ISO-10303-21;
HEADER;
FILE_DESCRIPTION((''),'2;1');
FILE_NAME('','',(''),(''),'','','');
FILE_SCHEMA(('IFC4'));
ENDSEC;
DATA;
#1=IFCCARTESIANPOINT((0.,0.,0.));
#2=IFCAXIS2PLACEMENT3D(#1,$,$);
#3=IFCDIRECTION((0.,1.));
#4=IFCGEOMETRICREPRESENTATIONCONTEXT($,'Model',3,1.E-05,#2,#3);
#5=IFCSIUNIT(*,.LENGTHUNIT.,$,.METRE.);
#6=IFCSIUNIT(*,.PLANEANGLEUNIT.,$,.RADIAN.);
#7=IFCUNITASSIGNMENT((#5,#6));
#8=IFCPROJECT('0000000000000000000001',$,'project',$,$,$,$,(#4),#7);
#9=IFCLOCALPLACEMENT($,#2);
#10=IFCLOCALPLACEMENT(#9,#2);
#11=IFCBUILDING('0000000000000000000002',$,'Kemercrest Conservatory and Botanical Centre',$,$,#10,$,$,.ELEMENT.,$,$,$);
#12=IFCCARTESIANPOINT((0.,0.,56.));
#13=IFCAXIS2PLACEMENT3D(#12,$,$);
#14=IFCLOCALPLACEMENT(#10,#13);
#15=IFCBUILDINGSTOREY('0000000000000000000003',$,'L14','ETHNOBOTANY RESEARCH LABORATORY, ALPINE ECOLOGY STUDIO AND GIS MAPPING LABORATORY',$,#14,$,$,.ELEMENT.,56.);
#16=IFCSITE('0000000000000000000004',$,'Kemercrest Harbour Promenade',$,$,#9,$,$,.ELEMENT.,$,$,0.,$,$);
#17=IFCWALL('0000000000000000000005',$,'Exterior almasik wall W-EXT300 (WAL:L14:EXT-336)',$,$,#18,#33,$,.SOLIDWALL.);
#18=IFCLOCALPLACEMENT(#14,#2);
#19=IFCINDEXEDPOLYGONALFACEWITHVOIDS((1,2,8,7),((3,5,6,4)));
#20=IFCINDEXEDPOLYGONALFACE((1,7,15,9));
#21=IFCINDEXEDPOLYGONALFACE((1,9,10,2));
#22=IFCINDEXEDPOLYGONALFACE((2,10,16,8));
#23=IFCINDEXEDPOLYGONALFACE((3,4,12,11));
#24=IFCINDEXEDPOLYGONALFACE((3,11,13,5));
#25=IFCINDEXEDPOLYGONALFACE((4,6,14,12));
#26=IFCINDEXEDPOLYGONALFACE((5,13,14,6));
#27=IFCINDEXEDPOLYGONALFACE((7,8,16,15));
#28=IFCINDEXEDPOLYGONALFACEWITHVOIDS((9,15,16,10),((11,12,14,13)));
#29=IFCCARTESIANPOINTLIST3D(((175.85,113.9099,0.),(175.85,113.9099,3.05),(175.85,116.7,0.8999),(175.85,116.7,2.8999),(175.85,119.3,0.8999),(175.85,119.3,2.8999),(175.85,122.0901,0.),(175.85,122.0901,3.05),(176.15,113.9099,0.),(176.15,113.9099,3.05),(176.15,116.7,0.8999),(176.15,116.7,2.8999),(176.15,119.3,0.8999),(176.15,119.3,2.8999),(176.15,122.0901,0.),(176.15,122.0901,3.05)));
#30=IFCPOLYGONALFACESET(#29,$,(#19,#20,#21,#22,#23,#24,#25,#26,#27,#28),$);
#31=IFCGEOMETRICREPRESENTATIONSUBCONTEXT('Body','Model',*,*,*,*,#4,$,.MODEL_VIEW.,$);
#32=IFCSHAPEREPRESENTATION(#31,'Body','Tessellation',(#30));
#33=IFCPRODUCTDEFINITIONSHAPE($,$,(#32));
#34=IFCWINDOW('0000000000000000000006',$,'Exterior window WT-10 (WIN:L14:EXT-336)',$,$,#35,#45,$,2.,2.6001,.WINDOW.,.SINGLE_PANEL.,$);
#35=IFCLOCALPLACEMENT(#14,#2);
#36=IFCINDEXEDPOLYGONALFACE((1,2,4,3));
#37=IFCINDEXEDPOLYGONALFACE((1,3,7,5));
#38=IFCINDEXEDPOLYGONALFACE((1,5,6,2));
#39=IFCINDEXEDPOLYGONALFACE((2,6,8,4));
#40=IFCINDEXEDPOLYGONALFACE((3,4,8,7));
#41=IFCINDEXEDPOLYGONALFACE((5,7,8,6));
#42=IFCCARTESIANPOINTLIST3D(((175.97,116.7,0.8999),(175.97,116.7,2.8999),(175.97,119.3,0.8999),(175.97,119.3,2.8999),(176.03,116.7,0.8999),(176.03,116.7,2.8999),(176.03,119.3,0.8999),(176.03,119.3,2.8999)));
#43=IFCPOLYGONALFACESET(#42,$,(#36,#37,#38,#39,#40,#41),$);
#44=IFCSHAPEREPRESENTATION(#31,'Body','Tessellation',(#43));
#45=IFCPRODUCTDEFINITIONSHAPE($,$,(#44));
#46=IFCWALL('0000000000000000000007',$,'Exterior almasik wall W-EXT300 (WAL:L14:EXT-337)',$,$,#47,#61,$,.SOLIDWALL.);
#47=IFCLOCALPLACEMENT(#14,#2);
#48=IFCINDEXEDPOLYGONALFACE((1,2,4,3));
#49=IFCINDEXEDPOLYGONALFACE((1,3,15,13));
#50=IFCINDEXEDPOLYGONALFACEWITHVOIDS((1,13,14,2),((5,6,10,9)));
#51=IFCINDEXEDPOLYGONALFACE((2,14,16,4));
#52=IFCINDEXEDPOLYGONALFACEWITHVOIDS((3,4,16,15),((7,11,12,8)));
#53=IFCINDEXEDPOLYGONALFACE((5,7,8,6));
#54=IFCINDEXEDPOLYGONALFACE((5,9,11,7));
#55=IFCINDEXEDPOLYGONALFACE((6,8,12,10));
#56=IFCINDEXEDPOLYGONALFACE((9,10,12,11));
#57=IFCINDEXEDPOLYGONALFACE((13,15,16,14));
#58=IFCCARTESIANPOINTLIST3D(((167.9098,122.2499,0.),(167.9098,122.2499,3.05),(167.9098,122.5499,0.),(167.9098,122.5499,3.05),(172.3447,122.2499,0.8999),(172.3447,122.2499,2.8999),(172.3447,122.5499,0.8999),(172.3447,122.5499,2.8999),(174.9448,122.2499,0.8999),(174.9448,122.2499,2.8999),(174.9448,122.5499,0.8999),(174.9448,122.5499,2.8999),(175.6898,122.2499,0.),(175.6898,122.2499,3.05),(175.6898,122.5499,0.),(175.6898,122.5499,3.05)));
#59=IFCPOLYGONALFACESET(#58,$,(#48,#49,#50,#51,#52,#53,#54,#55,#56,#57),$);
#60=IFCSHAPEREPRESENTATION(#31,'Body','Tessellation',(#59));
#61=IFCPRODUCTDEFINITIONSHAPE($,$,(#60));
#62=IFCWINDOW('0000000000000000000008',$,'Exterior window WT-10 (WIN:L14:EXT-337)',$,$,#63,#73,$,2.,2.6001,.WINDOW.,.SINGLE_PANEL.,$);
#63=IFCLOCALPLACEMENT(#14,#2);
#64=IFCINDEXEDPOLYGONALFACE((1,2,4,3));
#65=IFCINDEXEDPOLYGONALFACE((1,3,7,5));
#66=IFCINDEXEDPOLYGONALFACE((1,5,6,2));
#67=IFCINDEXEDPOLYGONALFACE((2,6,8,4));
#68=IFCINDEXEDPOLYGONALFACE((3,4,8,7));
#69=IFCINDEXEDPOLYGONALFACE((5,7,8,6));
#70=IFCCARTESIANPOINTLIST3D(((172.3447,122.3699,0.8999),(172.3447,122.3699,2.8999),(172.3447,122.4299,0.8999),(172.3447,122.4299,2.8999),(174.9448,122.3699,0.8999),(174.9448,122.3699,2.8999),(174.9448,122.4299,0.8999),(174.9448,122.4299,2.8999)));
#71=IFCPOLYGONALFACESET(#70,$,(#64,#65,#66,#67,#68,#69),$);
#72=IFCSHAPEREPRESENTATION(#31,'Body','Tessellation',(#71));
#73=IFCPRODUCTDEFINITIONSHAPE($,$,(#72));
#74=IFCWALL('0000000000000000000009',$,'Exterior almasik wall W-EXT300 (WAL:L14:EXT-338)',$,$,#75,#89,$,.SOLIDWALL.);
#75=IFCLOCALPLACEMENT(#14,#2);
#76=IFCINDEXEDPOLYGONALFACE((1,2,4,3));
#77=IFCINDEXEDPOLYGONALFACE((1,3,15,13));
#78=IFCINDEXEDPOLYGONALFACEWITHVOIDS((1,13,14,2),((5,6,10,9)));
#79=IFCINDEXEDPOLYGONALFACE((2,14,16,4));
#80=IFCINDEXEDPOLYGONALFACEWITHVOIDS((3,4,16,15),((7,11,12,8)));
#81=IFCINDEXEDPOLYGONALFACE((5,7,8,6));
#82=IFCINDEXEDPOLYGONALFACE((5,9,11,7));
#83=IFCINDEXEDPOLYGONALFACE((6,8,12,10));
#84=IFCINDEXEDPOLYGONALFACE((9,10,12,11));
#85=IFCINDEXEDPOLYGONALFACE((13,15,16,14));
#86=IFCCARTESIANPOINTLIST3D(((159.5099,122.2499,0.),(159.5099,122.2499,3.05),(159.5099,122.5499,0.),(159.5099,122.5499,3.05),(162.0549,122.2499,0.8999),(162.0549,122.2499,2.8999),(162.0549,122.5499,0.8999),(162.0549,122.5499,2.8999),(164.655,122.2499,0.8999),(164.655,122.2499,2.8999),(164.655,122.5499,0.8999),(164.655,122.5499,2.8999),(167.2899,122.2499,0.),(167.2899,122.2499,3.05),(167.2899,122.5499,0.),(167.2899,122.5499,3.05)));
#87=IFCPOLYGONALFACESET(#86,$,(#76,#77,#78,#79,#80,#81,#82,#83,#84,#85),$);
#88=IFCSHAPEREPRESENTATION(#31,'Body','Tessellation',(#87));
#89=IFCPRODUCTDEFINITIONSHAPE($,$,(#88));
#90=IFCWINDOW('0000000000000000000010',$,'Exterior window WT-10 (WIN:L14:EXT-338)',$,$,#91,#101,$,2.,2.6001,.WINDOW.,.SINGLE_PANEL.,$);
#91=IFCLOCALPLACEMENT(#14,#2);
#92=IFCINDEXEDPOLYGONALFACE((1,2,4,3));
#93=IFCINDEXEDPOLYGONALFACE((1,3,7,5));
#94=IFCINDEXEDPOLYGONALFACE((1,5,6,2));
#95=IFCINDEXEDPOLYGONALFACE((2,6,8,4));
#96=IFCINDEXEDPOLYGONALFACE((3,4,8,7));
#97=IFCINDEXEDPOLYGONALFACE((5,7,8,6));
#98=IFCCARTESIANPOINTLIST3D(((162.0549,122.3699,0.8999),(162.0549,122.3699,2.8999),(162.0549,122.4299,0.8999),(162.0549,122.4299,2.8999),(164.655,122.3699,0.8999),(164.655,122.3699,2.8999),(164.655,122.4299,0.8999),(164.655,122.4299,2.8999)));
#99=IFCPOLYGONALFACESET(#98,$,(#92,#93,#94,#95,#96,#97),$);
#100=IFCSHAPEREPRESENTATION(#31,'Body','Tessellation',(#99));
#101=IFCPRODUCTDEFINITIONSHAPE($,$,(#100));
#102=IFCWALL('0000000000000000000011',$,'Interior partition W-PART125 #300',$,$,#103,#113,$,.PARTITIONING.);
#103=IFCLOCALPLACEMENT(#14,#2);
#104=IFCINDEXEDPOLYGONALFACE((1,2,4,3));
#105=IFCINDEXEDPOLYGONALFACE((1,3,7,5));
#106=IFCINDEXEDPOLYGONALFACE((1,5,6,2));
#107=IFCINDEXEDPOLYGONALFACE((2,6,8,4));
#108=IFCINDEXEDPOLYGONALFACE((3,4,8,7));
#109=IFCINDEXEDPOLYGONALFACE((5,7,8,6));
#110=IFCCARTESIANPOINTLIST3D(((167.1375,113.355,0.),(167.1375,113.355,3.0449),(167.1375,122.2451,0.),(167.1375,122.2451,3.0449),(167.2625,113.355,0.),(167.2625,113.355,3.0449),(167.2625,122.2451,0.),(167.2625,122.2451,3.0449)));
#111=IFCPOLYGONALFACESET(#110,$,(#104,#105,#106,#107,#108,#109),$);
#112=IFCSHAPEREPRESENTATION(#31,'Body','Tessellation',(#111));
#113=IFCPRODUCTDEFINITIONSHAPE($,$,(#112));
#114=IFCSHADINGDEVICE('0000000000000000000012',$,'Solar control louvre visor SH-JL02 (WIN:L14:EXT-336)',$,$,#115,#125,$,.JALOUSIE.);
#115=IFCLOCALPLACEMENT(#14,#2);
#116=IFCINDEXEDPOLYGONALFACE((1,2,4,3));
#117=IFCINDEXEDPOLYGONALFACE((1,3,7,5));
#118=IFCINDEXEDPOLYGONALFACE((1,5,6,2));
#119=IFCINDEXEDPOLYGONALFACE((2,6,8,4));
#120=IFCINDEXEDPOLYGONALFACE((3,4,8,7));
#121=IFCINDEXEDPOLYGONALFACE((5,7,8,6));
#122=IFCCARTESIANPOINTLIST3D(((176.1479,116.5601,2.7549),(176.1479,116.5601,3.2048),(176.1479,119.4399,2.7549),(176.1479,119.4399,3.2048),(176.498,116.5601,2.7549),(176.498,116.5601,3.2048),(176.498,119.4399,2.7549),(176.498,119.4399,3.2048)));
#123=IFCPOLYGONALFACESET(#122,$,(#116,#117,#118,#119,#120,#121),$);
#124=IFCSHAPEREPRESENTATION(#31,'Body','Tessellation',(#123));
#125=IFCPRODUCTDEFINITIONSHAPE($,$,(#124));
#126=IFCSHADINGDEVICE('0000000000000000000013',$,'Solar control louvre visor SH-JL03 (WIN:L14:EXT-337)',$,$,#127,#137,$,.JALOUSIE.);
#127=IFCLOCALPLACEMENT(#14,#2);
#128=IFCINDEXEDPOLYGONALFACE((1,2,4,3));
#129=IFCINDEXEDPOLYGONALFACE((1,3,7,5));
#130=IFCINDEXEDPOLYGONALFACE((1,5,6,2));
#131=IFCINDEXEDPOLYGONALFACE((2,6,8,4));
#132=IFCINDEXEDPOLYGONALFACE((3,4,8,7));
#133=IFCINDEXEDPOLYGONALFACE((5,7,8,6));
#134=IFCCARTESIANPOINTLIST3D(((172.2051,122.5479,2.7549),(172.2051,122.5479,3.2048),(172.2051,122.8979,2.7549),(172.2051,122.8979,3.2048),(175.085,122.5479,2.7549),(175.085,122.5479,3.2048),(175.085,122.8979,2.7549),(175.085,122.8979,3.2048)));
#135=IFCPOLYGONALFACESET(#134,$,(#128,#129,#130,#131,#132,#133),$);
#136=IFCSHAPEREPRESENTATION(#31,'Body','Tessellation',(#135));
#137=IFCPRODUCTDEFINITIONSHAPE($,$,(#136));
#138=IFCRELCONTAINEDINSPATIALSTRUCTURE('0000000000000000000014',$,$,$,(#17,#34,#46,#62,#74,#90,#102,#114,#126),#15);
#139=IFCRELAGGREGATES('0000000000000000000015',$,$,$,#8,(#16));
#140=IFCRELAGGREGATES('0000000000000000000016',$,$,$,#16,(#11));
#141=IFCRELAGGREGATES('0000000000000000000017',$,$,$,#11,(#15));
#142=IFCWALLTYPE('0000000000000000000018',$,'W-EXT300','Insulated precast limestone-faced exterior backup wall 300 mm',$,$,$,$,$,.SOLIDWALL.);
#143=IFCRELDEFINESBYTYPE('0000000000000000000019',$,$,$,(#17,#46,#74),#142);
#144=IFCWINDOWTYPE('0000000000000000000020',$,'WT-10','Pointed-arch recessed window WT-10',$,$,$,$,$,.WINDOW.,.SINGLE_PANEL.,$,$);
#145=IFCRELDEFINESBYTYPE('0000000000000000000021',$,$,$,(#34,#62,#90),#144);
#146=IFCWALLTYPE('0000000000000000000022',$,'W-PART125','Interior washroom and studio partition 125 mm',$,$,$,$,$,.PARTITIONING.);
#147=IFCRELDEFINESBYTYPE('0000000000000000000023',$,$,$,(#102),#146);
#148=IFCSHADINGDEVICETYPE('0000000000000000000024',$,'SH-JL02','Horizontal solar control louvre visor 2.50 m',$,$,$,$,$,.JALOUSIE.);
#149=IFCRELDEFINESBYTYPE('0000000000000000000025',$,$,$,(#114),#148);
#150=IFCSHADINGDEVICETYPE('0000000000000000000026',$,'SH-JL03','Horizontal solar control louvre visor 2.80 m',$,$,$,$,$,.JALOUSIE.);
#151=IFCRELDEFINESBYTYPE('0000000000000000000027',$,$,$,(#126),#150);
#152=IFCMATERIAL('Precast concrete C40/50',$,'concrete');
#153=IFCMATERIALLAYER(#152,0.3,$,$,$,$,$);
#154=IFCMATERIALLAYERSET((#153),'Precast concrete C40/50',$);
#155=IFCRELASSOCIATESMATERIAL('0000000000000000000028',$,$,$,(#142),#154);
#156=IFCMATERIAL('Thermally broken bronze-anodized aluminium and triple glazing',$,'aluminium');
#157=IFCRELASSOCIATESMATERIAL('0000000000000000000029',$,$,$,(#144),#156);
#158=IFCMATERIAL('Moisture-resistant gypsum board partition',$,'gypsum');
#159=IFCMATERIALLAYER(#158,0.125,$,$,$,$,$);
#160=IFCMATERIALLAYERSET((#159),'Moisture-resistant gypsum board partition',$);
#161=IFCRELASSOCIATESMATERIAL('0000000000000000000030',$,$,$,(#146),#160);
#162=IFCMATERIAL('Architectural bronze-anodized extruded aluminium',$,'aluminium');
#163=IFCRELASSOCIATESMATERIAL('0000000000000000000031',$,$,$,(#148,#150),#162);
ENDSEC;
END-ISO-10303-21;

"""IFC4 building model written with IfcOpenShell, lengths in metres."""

from ifc_helpers import new_model, si_unit, direction, frame, frame_2d, origin, origin_2d, place, context, subcontext, project, spatial, rectangle, extrude, material, layer, layer_set, type_object, element, fill, save


model = new_model("IFC4")

# Units and contexts
model_context = context("Model", 3, precision=1e-05, world=origin(), true_north=direction((0.0, 1.0)))
body_context = subcontext(model_context, "Body", "Model", "MODEL_VIEW")
ifc_project = project(units=[si_unit("LENGTHUNIT", "METRE"), si_unit("PLANEANGLEUNIT", "RADIAN")], contexts=[model_context])

# Site, building, storey
site_placement = place(None, origin())
site = spatial("IfcSite", under=ifc_project, at=site_placement, Name="Kemercrest Harbour Promenade", CompositionType="ELEMENT", RefElevation=0.0)
building_placement = place(site_placement, origin())
building = spatial("IfcBuilding", under=site, at=building_placement, Name="Kemercrest Conservatory and Botanical Centre", CompositionType="ELEMENT")
storey_placement = place(building_placement, frame((0.0, 0.0, 56.0)))
storey = spatial("IfcBuildingStorey", under=building, at=storey_placement, Name="L14", Description="ETHNOBOTANY RESEARCH LABORATORY, ALPINE ECOLOGY STUDIO AND GIS MAPPING LABORATORY", CompositionType="ELEMENT", Elevation=56.0)

# Walls, openings, windows
ifc_material_1 = material(Name="Precast concrete C40/50", Category="concrete")
ifc_layer_1 = layer(ifc_material_1, 0.3)
ifc_layer_set_1 = layer_set([ifc_layer_1], Name="Precast concrete C40/50")
wall_type_1 = type_object("IfcWallType", Name="W-EXT300", Description="Insulated precast limestone-faced exterior backup wall 300 mm", PredefinedType="SOLIDWALL", material=ifc_layer_set_1)
wall_1_placement = place(storey_placement, frame((176.0, 113.9099, 0.0), z_axis=(0.0, 0.0, 1.0), x_axis=(0.0, 1.0, 0.0)))
wall_1 = element("IfcWall", 1, at=wall_1_placement, inside=storey, type_object=wall_type_1, Name="Exterior almasik wall W-EXT300 (WAL:L14:EXT-336)", PredefinedType="SOLIDWALL", context=body_context, shape_type="SweptSolid", body=[
    extrude(rectangle(XDim=8.1802, YDim=0.3, at=frame_2d((4.0901, 0.0))), origin(), (0.0, 0.0, 1.0), 3.05),
])
opening_1_placement = place(wall_1_placement, frame((2.79, 0.0, 0.8999)))
opening_1 = element("IfcOpeningElement", 2, at=opening_1_placement, cuts=wall_1, PredefinedType="OPENING", context=body_context, shape_type="SweptSolid", body=[
    extrude(rectangle(XDim=2.6001, YDim=2.0, at=frame_2d((1.3, 1.0))), frame((0.0, 0.1602, 0.0), z_axis=(0.0, -1.0, 0.0), x_axis=(1.0, 0.0, 0.0)), (0.0, 0.0, 1.0), 0.3201),
])
ifc_material_2 = material(Name="Thermally broken bronze-anodized aluminium and triple glazing", Category="aluminium")
window_type = type_object("IfcWindowType", Name="WT-10", Description="Pointed-arch recessed window WT-10", PartitioningType="SINGLE_PANEL", PredefinedType="WINDOW", material=ifc_material_2)
window_1_placement = place(opening_1_placement, origin())
window_1 = element("IfcWindow", 3, at=window_1_placement, inside=storey, type_object=window_type, Name="Exterior window WT-10 (WIN:L14:EXT-336)", OverallHeight=2.0, OverallWidth=2.6001, PartitioningType="SINGLE_PANEL", PredefinedType="WINDOW", context=body_context, shape_type="SweptSolid", body=[
    extrude(rectangle(XDim=2.6001, YDim=2.0, at=frame_2d((1.3, 1.0))), frame((0.0, 0.03, 0.0), z_axis=(0.0, -1.0, 0.0), x_axis=(1.0, 0.0, 0.0)), (0.0, 0.0, 1.0), 0.0601),
])
fill(opening_1, window_1)
wall_2_placement = place(storey_placement, frame((175.6899, 122.3999, 0.0), z_axis=(0.0, 0.0, 1.0), x_axis=(-1.0, 0.0, 0.0)))
wall_2 = element("IfcWall", 4, at=wall_2_placement, inside=storey, type_object=wall_type_1, Name="Exterior almasik wall W-EXT300 (WAL:L14:EXT-337)", PredefinedType="SOLIDWALL", context=body_context, shape_type="SweptSolid", body=[
    extrude(rectangle(XDim=7.78, YDim=0.3, at=frame_2d((3.8901, 0.0))), origin(), (0.0, 0.0, 1.0), 3.05),
])
opening_2_placement = place(wall_2_placement, frame((0.7451, 0.0, 0.8999)))
opening_2 = element("IfcOpeningElement", 5, at=opening_2_placement, cuts=wall_2, PredefinedType="OPENING", context=body_context, shape_type="SweptSolid", body=[
    extrude(rectangle(XDim=2.6001, YDim=2.0, at=frame_2d((1.3, 1.0))), frame((0.0, 0.1602, 0.0), z_axis=(0.0, -1.0, 0.0), x_axis=(1.0, 0.0, 0.0)), (0.0, 0.0, 1.0), 0.3201),
])
window_2_placement = place(opening_2_placement, origin())
window_2 = element("IfcWindow", 6, at=window_2_placement, inside=storey, type_object=window_type, Name="Exterior window WT-10 (WIN:L14:EXT-337)", OverallHeight=2.0, OverallWidth=2.6001, PartitioningType="SINGLE_PANEL", PredefinedType="WINDOW", context=body_context, shape_type="SweptSolid", body=[
    extrude(rectangle(XDim=2.6001, YDim=2.0, at=frame_2d((1.3, 1.0))), frame((0.0, 0.03, 0.0), z_axis=(0.0, -1.0, 0.0), x_axis=(1.0, 0.0, 0.0)), (0.0, 0.0, 1.0), 0.0601),
])
fill(opening_2, window_2)
wall_3_placement = place(storey_placement, frame((167.29, 122.3999, 0.0), z_axis=(0.0, 0.0, 1.0), x_axis=(-1.0, 0.0, 0.0)))
wall_3 = element("IfcWall", 7, at=wall_3_placement, inside=storey, type_object=wall_type_1, Name="Exterior almasik wall W-EXT300 (WAL:L14:EXT-338)", PredefinedType="SOLIDWALL", context=body_context, shape_type="SweptSolid", body=[
    extrude(rectangle(XDim=7.78, YDim=0.3, at=frame_2d((3.8901, 0.0))), origin(), (0.0, 0.0, 1.0), 3.05),
])
opening_3_placement = place(wall_3_placement, frame((2.635, 0.0, 0.8999)))
opening_3 = element("IfcOpeningElement", 8, at=opening_3_placement, cuts=wall_3, PredefinedType="OPENING", context=body_context, shape_type="SweptSolid", body=[
    extrude(rectangle(XDim=2.6001, YDim=2.0, at=frame_2d((1.3, 1.0))), frame((0.0, 0.1602, 0.0), z_axis=(0.0, -1.0, 0.0), x_axis=(1.0, 0.0, 0.0)), (0.0, 0.0, 1.0), 0.3201),
])
window_3_placement = place(opening_3_placement, origin())
window_3 = element("IfcWindow", 9, at=window_3_placement, inside=storey, type_object=window_type, Name="Exterior window WT-10 (WIN:L14:EXT-338)", OverallHeight=2.0, OverallWidth=2.6001, PartitioningType="SINGLE_PANEL", PredefinedType="WINDOW", context=body_context, shape_type="SweptSolid", body=[
    extrude(rectangle(XDim=2.6001, YDim=2.0, at=frame_2d((1.3, 1.0))), frame((0.0, 0.03, 0.0), z_axis=(0.0, -1.0, 0.0), x_axis=(1.0, 0.0, 0.0)), (0.0, 0.0, 1.0), 0.0601),
])
fill(opening_3, window_3)

# Wall
ifc_material_3 = material(Name="Moisture-resistant gypsum board partition", Category="gypsum")
ifc_layer_2 = layer(ifc_material_3, 0.125)
ifc_layer_set_2 = layer_set([ifc_layer_2], Name="Moisture-resistant gypsum board partition")
wall_type_2 = type_object("IfcWallType", Name="W-PART125", Description="Interior washroom and studio partition 125 mm", PredefinedType="PARTITIONING", material=ifc_layer_set_2)
wall_4_placement = place(storey_placement, frame((167.2, 113.355, 0.0), z_axis=(0.0, 0.0, 1.0), x_axis=(0.0, 1.0, 0.0)))
element("IfcWall", 10, at=wall_4_placement, inside=storey, type_object=wall_type_2, Name="Interior partition W-PART125 #300", PredefinedType="PARTITIONING", context=body_context, shape_type="SweptSolid", body=[
    extrude(rectangle(XDim=8.8901, YDim=0.125, at=frame_2d((4.4451, 0.0))), origin(), (0.0, 0.0, 1.0), 3.0449),
])

# Shading devices
ifc_material_4 = material(Name="Architectural bronze-anodized extruded aluminium", Category="aluminium")
shading_device_type_1 = type_object("IfcShadingDeviceType", Name="SH-JL02", Description="Horizontal solar control louvre visor 2.50 m", PredefinedType="JALOUSIE", material=ifc_material_4)
shading_device_1_placement = place(storey_placement, frame((176.323, 118.0, 2.7549), z_axis=(0.0, 0.0, 1.0), x_axis=(0.0, 1.0, 0.0)))
element("IfcShadingDevice", 11, at=shading_device_1_placement, inside=storey, type_object=shading_device_type_1, Name="Solar control louvre visor SH-JL02 (WIN:L14:EXT-336)", PredefinedType="JALOUSIE", context=body_context, shape_type="SweptSolid", body=[
    extrude(rectangle(XDim=2.8799, YDim=0.3501, at=origin_2d()), origin(), (0.0, 0.0, 1.0), 0.45),
])
shading_device_type_2 = type_object("IfcShadingDeviceType", Name="SH-JL03", Description="Horizontal solar control louvre visor 2.80 m", PredefinedType="JALOUSIE", material=ifc_material_4)
shading_device_2_placement = place(storey_placement, frame((173.645, 122.7229, 2.7549), z_axis=(0.0, 0.0, 1.0), x_axis=(-1.0, 0.0, 0.0)))
element("IfcShadingDevice", 12, at=shading_device_2_placement, inside=storey, type_object=shading_device_type_2, Name="Solar control louvre visor SH-JL03 (WIN:L14:EXT-337)", PredefinedType="JALOUSIE", context=body_context, shape_type="SweptSolid", body=[
    extrude(rectangle(XDim=2.8799, YDim=0.3501, at=origin_2d()), origin(), (0.0, 0.0, 1.0), 0.45),
])

save(model, "model.ifc")
